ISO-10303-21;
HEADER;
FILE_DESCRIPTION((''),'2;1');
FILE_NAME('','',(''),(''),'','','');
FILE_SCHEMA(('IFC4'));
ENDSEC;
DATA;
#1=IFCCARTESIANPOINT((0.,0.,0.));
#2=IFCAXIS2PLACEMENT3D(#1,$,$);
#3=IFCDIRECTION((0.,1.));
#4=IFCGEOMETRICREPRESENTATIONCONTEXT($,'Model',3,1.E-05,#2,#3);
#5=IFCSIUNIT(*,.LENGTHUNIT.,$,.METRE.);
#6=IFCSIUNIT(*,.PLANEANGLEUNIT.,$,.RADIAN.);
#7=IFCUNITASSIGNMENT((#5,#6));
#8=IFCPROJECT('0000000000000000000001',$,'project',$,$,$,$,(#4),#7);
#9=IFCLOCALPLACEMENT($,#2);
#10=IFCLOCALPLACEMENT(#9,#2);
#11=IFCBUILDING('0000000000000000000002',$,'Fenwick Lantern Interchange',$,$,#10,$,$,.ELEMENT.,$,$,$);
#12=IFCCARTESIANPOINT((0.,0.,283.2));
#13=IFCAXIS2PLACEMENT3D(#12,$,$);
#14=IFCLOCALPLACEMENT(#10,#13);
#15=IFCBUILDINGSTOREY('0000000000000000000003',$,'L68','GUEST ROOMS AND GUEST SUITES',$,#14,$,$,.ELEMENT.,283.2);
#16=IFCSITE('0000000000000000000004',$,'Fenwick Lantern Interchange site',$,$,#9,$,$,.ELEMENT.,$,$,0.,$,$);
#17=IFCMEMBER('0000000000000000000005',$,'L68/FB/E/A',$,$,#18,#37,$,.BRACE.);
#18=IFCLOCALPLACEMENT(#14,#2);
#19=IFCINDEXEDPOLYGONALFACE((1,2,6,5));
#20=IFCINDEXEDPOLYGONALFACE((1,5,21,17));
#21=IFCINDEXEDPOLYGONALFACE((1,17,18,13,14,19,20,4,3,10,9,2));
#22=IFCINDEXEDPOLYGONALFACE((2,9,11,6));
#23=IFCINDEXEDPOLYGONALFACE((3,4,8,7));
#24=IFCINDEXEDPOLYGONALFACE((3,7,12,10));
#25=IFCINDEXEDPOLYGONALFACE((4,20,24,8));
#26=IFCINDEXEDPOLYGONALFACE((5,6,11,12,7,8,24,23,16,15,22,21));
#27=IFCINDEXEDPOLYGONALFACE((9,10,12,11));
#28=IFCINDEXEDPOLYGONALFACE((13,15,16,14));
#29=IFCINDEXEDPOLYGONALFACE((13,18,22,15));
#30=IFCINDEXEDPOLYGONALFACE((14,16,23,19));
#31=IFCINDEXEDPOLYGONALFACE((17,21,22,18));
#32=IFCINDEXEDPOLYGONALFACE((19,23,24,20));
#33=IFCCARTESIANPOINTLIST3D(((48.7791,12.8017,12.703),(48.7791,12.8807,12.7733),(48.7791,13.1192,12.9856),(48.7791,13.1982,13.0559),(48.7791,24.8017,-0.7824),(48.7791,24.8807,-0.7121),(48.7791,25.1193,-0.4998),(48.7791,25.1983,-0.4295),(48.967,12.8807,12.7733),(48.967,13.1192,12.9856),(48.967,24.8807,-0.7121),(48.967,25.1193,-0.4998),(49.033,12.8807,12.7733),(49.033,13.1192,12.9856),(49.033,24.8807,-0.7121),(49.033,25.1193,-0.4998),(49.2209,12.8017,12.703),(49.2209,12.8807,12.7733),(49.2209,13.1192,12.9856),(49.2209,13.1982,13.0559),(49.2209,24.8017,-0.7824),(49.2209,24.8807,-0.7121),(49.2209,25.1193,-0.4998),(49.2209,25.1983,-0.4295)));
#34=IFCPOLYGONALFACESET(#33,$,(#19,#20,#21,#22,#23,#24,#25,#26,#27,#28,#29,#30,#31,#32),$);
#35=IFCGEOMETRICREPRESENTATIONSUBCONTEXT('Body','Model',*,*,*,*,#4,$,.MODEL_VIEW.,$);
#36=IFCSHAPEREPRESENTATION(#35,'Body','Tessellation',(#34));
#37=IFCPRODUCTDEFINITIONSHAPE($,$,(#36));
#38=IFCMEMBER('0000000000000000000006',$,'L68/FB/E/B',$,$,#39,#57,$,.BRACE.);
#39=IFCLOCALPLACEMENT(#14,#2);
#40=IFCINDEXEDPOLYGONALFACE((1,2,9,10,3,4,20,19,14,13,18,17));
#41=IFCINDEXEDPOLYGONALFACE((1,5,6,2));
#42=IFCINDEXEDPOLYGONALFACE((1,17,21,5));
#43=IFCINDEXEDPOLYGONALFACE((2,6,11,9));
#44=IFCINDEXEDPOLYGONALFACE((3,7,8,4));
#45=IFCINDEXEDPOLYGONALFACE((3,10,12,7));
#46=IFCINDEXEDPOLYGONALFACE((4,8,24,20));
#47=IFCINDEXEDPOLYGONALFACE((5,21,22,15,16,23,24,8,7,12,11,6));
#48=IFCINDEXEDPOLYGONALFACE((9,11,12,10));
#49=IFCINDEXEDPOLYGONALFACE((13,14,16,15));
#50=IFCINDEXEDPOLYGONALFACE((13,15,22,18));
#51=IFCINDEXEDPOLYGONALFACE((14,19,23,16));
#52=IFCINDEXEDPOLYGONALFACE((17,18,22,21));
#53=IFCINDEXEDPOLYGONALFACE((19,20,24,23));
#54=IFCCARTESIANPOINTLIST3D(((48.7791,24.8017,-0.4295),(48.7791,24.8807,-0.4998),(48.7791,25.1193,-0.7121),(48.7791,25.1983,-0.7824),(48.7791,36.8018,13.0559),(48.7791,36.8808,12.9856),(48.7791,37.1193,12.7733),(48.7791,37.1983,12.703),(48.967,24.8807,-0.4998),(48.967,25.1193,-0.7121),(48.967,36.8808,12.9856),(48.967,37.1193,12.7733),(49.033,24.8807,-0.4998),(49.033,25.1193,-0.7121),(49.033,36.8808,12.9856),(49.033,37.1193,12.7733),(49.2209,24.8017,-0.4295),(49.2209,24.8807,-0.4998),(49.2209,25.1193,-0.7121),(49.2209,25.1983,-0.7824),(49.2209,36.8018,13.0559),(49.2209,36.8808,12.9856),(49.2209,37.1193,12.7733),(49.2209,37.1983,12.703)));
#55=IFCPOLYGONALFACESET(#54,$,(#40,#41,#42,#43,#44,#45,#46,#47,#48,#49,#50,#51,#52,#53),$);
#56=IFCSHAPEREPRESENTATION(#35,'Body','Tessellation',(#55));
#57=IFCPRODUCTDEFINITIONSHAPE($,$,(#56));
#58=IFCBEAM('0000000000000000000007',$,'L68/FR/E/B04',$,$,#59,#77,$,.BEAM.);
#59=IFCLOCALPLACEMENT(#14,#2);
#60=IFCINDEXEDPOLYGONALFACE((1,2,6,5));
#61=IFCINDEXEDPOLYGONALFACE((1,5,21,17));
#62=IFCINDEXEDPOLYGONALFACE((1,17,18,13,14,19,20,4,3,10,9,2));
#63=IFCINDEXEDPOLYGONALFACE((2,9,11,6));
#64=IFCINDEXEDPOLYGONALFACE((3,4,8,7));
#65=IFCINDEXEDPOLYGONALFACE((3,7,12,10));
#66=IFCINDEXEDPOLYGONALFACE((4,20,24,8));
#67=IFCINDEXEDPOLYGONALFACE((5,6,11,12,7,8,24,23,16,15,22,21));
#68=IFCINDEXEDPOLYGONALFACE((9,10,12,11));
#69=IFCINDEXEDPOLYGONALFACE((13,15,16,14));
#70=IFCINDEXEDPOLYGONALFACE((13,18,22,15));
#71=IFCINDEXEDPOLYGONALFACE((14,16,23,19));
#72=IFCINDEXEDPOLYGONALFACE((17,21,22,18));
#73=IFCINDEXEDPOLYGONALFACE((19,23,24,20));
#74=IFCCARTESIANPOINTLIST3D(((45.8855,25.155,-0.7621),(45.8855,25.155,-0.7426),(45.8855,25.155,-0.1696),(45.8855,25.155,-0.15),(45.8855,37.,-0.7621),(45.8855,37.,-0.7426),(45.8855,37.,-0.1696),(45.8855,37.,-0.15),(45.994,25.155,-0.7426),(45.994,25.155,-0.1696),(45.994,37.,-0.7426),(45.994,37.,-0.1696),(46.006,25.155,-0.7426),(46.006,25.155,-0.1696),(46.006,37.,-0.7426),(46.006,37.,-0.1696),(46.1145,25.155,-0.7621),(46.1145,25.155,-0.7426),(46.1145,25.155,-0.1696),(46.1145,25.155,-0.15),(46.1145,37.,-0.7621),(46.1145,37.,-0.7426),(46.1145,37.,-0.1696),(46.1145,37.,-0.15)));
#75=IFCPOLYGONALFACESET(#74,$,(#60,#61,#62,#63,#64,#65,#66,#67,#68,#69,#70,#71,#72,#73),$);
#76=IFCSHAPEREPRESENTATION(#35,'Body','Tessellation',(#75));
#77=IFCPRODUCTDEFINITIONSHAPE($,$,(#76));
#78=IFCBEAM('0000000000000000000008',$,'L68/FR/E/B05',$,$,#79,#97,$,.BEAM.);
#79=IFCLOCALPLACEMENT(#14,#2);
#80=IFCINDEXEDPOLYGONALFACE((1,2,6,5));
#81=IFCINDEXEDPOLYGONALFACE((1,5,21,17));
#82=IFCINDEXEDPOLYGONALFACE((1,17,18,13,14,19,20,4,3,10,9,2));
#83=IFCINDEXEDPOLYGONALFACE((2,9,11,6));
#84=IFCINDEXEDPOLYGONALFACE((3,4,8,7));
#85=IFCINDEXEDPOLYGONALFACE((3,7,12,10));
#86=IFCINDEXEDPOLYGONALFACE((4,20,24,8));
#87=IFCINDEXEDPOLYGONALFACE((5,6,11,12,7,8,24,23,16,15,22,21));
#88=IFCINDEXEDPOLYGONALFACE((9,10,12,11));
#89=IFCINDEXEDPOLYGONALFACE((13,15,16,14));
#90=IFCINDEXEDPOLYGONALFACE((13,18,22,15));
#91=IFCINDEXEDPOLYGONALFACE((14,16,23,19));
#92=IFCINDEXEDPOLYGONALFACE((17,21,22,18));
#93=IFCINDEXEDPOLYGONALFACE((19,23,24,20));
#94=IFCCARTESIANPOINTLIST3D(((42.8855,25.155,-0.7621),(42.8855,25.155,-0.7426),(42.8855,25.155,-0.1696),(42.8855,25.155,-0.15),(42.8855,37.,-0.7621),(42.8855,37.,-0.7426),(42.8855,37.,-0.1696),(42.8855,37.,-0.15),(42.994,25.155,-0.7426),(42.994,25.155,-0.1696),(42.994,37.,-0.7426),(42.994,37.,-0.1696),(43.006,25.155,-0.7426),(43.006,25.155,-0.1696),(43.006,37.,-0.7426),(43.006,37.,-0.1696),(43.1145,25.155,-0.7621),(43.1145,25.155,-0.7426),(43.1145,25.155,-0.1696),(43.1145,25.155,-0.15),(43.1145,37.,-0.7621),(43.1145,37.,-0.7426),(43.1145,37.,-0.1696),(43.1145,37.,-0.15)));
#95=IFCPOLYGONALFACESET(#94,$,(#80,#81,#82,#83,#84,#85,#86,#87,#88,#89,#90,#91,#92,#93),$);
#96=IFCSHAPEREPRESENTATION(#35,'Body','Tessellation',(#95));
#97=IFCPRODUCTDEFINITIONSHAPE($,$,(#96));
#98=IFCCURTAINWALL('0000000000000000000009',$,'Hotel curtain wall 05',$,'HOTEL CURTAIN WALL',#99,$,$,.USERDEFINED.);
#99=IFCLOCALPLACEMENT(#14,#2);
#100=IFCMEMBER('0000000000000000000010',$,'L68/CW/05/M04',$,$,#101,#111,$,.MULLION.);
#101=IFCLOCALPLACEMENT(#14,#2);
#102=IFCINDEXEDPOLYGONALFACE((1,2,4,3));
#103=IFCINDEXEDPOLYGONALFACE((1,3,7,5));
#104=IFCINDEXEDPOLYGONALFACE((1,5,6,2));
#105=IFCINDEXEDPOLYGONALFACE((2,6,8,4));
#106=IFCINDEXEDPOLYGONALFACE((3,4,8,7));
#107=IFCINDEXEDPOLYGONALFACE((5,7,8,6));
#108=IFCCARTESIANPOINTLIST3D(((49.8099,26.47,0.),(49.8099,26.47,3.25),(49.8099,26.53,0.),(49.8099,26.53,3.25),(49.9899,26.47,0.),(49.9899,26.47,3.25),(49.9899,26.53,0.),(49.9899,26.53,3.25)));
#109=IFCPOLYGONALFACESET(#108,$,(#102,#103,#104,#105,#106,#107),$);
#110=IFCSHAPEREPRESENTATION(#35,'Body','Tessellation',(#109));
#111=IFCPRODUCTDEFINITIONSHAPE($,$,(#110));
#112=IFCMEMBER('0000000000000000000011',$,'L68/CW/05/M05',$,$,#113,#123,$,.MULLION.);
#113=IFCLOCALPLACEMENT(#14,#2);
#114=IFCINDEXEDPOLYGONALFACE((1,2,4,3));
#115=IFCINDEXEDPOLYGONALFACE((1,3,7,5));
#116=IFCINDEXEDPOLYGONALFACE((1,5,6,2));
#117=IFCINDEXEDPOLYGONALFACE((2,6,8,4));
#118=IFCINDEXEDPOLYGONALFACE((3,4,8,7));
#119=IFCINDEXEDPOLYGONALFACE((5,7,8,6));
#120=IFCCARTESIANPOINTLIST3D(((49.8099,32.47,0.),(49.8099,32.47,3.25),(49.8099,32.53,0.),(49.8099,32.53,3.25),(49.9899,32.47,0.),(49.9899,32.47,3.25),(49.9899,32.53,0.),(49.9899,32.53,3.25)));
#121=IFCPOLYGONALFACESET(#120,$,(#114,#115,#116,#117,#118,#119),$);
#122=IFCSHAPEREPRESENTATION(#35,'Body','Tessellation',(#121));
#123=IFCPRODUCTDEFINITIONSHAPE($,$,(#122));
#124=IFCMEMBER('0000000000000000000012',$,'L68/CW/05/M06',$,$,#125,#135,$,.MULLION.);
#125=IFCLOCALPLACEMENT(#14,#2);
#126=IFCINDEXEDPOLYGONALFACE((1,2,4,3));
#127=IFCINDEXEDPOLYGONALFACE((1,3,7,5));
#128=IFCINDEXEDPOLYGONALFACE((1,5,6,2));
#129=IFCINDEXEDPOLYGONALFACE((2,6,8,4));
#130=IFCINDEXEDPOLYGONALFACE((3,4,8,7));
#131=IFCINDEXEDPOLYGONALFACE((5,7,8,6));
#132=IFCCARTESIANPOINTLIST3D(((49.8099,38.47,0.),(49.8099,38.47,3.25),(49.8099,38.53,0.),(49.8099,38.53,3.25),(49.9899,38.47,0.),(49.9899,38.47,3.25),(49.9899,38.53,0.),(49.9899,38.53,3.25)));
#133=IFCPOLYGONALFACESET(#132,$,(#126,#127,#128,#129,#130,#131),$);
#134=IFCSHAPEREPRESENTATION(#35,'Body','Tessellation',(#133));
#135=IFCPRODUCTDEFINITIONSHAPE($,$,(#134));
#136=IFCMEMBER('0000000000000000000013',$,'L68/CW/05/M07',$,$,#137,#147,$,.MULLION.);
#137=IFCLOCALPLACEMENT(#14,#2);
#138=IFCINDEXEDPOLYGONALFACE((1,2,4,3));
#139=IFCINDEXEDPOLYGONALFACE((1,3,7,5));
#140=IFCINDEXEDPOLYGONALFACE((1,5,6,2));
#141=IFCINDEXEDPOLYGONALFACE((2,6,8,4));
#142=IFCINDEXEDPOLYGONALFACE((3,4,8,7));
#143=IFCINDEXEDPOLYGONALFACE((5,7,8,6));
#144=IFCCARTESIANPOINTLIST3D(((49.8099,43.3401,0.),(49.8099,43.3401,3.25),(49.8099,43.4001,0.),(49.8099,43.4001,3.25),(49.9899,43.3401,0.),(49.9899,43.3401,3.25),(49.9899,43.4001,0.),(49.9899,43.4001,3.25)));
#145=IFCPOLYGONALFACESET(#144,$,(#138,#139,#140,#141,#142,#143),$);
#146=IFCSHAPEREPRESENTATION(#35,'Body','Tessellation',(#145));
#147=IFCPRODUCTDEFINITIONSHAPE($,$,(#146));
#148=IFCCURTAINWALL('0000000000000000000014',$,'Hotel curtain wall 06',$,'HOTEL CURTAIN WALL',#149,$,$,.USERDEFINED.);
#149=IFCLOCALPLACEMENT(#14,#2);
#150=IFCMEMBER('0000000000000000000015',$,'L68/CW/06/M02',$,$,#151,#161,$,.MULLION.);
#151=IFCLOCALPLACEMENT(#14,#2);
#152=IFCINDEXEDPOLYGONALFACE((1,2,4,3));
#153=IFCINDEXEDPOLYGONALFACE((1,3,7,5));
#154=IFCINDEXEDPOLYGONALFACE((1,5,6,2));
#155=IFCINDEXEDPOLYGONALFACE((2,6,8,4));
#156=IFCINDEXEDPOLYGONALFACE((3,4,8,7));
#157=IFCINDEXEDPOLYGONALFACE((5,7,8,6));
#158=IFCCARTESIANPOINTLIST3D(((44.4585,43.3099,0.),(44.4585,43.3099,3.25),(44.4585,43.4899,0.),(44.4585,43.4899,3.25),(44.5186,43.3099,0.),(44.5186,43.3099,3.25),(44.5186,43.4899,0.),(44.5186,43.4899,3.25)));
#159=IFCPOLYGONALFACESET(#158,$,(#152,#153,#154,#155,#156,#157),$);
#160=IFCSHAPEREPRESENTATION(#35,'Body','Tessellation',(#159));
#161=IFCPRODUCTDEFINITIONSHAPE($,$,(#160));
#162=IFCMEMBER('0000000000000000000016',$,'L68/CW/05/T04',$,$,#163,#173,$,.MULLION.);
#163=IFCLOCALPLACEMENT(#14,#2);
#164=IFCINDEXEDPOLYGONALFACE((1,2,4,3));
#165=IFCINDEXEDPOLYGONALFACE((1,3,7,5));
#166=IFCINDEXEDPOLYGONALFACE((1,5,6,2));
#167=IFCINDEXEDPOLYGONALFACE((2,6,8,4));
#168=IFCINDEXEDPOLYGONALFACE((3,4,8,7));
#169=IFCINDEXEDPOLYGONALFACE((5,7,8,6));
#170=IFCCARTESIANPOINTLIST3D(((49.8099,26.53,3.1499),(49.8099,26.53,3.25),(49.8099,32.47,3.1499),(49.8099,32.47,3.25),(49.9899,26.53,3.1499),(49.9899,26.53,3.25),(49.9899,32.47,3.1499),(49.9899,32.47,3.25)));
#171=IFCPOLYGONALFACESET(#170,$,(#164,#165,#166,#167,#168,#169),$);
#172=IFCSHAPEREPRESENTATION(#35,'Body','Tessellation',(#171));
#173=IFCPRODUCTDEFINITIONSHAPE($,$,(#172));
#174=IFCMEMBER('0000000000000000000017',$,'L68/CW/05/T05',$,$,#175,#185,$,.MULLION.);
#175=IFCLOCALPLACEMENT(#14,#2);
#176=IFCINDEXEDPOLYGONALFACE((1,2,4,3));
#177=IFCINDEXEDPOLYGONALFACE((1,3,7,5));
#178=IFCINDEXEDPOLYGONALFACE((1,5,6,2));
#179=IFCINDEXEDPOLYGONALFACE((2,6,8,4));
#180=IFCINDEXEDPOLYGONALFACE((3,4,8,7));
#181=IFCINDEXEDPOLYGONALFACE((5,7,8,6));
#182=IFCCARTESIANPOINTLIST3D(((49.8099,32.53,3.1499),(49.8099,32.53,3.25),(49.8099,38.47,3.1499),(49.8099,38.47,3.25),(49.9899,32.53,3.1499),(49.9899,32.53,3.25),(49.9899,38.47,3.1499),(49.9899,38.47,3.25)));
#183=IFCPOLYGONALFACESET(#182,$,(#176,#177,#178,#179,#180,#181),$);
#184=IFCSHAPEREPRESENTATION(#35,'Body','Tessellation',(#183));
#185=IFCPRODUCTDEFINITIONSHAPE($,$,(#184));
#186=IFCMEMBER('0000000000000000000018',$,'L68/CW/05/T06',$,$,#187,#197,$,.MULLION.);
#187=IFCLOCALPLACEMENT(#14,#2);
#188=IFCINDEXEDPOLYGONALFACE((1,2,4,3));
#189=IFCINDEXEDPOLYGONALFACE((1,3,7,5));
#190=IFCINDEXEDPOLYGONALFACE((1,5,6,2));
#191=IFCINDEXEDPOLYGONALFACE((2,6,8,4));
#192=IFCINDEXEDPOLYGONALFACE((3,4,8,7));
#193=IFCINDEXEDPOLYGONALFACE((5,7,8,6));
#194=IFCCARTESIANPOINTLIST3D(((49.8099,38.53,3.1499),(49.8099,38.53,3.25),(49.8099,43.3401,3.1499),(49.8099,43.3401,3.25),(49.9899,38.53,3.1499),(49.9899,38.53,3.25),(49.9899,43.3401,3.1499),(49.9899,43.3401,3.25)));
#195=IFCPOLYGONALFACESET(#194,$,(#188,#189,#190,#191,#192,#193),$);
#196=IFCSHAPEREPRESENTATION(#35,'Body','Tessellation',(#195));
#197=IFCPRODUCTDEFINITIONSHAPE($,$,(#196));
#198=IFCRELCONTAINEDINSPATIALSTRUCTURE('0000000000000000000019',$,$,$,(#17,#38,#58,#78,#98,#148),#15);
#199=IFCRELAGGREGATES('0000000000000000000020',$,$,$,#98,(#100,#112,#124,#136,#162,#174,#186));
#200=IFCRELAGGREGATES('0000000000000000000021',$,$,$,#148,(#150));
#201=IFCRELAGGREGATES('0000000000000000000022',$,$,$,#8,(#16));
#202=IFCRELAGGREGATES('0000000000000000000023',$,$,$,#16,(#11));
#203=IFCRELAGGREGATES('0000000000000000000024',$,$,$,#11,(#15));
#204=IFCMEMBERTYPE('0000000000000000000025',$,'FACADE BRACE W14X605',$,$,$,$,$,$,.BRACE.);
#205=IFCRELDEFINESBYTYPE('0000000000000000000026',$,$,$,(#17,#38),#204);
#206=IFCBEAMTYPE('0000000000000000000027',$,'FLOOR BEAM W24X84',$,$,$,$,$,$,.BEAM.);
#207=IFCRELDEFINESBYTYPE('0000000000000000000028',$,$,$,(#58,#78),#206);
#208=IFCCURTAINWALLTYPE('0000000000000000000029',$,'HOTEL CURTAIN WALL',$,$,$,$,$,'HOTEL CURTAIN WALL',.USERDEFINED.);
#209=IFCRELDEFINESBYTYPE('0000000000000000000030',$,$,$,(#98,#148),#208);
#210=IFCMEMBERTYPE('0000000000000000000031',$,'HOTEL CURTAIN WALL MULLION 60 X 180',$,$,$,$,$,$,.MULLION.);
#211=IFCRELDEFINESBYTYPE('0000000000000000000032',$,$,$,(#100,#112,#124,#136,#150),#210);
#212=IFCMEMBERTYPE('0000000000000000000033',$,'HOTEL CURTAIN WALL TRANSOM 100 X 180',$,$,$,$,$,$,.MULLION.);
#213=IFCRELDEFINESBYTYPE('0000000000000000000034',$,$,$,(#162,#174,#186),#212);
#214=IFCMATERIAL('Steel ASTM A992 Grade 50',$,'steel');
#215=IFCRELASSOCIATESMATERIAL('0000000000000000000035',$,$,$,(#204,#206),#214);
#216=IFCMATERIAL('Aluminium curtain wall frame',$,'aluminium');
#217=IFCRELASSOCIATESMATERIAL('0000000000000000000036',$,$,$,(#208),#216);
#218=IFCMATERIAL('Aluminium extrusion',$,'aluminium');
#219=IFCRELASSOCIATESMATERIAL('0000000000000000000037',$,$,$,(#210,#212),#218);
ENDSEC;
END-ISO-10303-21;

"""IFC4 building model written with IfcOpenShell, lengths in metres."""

from ifc_helpers import new_model, si_unit, direction, frame, origin, origin_2d, place, context, subcontext, project, spatial, rectangle, i_section, extrude, material, material_profile, profile_set, type_object, element, aggregate, save


model = new_model("IFC4")

# Units and contexts
model_context = context("Model", 3, precision=1e-05, world=origin(), true_north=direction((0.0, 1.0)))
body_context = subcontext(model_context, "Body", "Model", "MODEL_VIEW")
ifc_project = project(units=[si_unit("LENGTHUNIT", "METRE"), si_unit("PLANEANGLEUNIT", "RADIAN")], contexts=[model_context])

# Site, building, storey
site_placement = place(None, origin())
site = spatial("IfcSite", under=ifc_project, at=site_placement, Name="Fenwick Lantern Interchange site", CompositionType="ELEMENT", RefElevation=0.0)
building_placement = place(site_placement, origin())
building = spatial("IfcBuilding", under=site, at=building_placement, Name="Fenwick Lantern Interchange", CompositionType="ELEMENT")
storey_placement = place(building_placement, frame((0.0, 0.0, 283.2)))
storey = spatial("IfcBuildingStorey", under=building, at=storey_placement, Name="L68", Description="GUEST ROOMS AND GUEST SUITES", CompositionType="ELEMENT", Elevation=283.2)

# Shared definitions
ifc_material_1 = material(Name="Steel ASTM A992 Grade 50", Category="steel")

# Members
ifc_material_profile_1 = material_profile(ifc_material_1, i_section(OverallWidth=0.4419, OverallDepth=0.5308, WebThickness=0.0659, FlangeThickness=0.1057, at=origin_2d()), Name="W14X605")
ifc_profile_set_1 = profile_set([ifc_material_profile_1], Name="Steel ASTM A992 Grade 50")
member_type_1 = type_object("IfcMemberType", Name="FACADE BRACE W14X605", PredefinedType="BRACE", material=ifc_profile_set_1)
for number, where, z_axis, x_axis, name in (
    (1, (49.0, 25.0, -0.606), (0.0, -0.664767, 0.747051), (1.0, 0.0, 0.0), "L68/FB/E/A"),
    (2, (49.0, 25.0, -0.606), (0.0, 0.664767, 0.747051), (-1.0, 0.0, 0.0), "L68/FB/E/B"),
):
    element("IfcMember", number, at=place(storey_placement, frame(where, z_axis=z_axis, x_axis=x_axis)), inside=storey, type_object=member_type_1, Name=name, PredefinedType="BRACE", context=body_context, shape_type="SweptSolid", body=[
        extrude(i_section(OverallWidth=0.4419, OverallDepth=0.5308, WebThickness=0.0659, FlangeThickness=0.1057, at=origin_2d()), origin(), (0.0, 0.0, 1.0), 18.0515),
    ])

# Beams
ifc_material_profile_2 = material_profile(ifc_material_1, i_section(OverallWidth=0.229, OverallDepth=0.6121, WebThickness=0.012, FlangeThickness=0.0195, at=origin_2d()), Name="W24X84")
ifc_profile_set_2 = profile_set([ifc_material_profile_2], Name="Steel ASTM A992 Grade 50")
beam_type_1 = type_object("IfcBeamType", Name="FLOOR BEAM W24X84", PredefinedType="BEAM", material=ifc_profile_set_2)
for number, where, z_axis, x_axis, name in (
    (3, (46.0, 25.155, -0.4561), (0.0, 1.0, 0.0), (-1.0, 0.0, 0.0), "L68/FR/E/B04"),
    (4, (43.0, 25.155, -0.4561), (0.0, 1.0, 0.0), (-1.0, 0.0, 0.0), "L68/FR/E/B05"),
):
    element("IfcBeam", number, at=place(storey_placement, frame(where, z_axis=z_axis, x_axis=x_axis)), inside=storey, type_object=beam_type_1, Name=name, PredefinedType="BEAM", context=body_context, shape_type="SweptSolid", body=[
        extrude(i_section(OverallWidth=0.229, OverallDepth=0.6121, WebThickness=0.012, FlangeThickness=0.0195, at=origin_2d()), origin(), (0.0, 0.0, 1.0), 11.845),
    ])

# Curtain wall, members
ifc_material_2 = material(Name="Aluminium curtain wall frame", Category="aluminium")
curtain_wall_type = type_object("IfcCurtainWallType", Name="HOTEL CURTAIN WALL", ElementType="HOTEL CURTAIN WALL", PredefinedType="USERDEFINED", material=ifc_material_2)
curtain_wall_1_placement = place(storey_placement, origin())
curtain_wall_1 = element("IfcCurtainWall", 5, at=curtain_wall_1_placement, inside=storey, type_object=curtain_wall_type, Name="Hotel curtain wall 05", ObjectType="HOTEL CURTAIN WALL", PredefinedType="USERDEFINED")
ifc_material_3 = material(Name="Aluminium extrusion", Category="aluminium")
ifc_material_profile_3 = material_profile(ifc_material_3, rectangle(XDim=0.1799, YDim=0.0601, at=origin_2d()), Name="HOTEL CURTAIN WALL MULLION 60 X 180")
ifc_profile_set_3 = profile_set([ifc_material_profile_3], Name="Aluminium extrusion")
member_type_2 = type_object("IfcMemberType", Name="HOTEL CURTAIN WALL MULLION 60 X 180", PredefinedType="MULLION", material=ifc_profile_set_3)
member_1_placement = place(storey_placement, frame((49.8999, 26.5, 0.0), z_axis=(0.0, 0.0, 1.0), x_axis=(-1.0, 0.0, 0.0)))
member_1 = element("IfcMember", 6, at=member_1_placement, type_object=member_type_2, Name="L68/CW/05/M04", PredefinedType="MULLION", context=body_context, shape_type="SweptSolid", body=[
    extrude(rectangle(XDim=0.1799, YDim=0.0601, at=origin_2d()), origin(), (0.0, 0.0, 1.0), 3.25),
])
member_2_placement = place(storey_placement, frame((49.8999, 32.5, 0.0), z_axis=(0.0, 0.0, 1.0), x_axis=(-1.0, 0.0, 0.0)))
member_2 = element("IfcMember", 7, at=member_2_placement, type_object=member_type_2, Name="L68/CW/05/M05", PredefinedType="MULLION", context=body_context, shape_type="SweptSolid", body=[
    extrude(rectangle(XDim=0.1799, YDim=0.0601, at=origin_2d()), origin(), (0.0, 0.0, 1.0), 3.25),
])
member_3_placement = place(storey_placement, frame((49.8999, 38.5, 0.0), z_axis=(0.0, 0.0, 1.0), x_axis=(-1.0, 0.0, 0.0)))
member_3 = element("IfcMember", 8, at=member_3_placement, type_object=member_type_2, Name="L68/CW/05/M06", PredefinedType="MULLION", context=body_context, shape_type="SweptSolid", body=[
    extrude(rectangle(XDim=0.1799, YDim=0.0601, at=origin_2d()), origin(), (0.0, 0.0, 1.0), 3.25),
])
member_4_placement = place(storey_placement, frame((49.8999, 43.3701, 0.0), z_axis=(0.0, 0.0, 1.0), x_axis=(-1.0, 0.0, 0.0)))
member_4 = element("IfcMember", 9, at=member_4_placement, type_object=member_type_2, Name="L68/CW/05/M07", PredefinedType="MULLION", context=body_context, shape_type="SweptSolid", body=[
    extrude(rectangle(XDim=0.1799, YDim=0.0601, at=origin_2d()), origin(), (0.0, 0.0, 1.0), 3.25),
])

# Curtain wall, member
curtain_wall_2_placement = place(storey_placement, origin())
curtain_wall_2 = element("IfcCurtainWall", 10, at=curtain_wall_2_placement, inside=storey, type_object=curtain_wall_type, Name="Hotel curtain wall 06", ObjectType="HOTEL CURTAIN WALL", PredefinedType="USERDEFINED")
member_5_placement = place(storey_placement, frame((44.4885, 43.3999, 0.0), z_axis=(0.0, 0.0, 1.0), x_axis=(0.0, -1.0, 0.0)))
member_5 = element("IfcMember", 11, at=member_5_placement, type_object=member_type_2, Name="L68/CW/06/M02", PredefinedType="MULLION", context=body_context, shape_type="SweptSolid", body=[
    extrude(rectangle(XDim=0.1799, YDim=0.0601, at=origin_2d()), origin(), (0.0, 0.0, 1.0), 3.25),
])

# Members
ifc_material_profile_4 = material_profile(ifc_material_3, rectangle(XDim=0.1799, YDim=0.1001, at=origin_2d()), Name="HOTEL CURTAIN WALL TRANSOM 100 X 180")
ifc_profile_set_4 = profile_set([ifc_material_profile_4], Name="Aluminium extrusion")
member_type_3 = type_object("IfcMemberType", Name="HOTEL CURTAIN WALL TRANSOM 100 X 180", PredefinedType="MULLION", material=ifc_profile_set_4)
member_6_placement = place(storey_placement, frame((49.8999, 26.53, 3.2), z_axis=(0.0, 1.0, 0.0), x_axis=(-1.0, 0.0, 0.0)))
member_6 = element("IfcMember", 12, at=member_6_placement, type_object=member_type_3, Name="L68/CW/05/T04", PredefinedType="MULLION", context=body_context, shape_type="SweptSolid", body=[
    extrude(rectangle(XDim=0.1799, YDim=0.1001, at=origin_2d()), origin(), (0.0, 0.0, 1.0), 5.9399),
])
member_7_placement = place(storey_placement, frame((49.8999, 32.53, 3.2), z_axis=(0.0, 1.0, 0.0), x_axis=(-1.0, 0.0, 0.0)))
member_7 = element("IfcMember", 13, at=member_7_placement, type_object=member_type_3, Name="L68/CW/05/T05", PredefinedType="MULLION", context=body_context, shape_type="SweptSolid", body=[
    extrude(rectangle(XDim=0.1799, YDim=0.1001, at=origin_2d()), origin(), (0.0, 0.0, 1.0), 5.9399),
])
member_8_placement = place(storey_placement, frame((49.8999, 38.53, 3.2), z_axis=(0.0, 1.0, 0.0), x_axis=(-1.0, 0.0, 0.0)))
member_8 = element("IfcMember", 14, at=member_8_placement, type_object=member_type_3, Name="L68/CW/05/T06", PredefinedType="MULLION", context=body_context, shape_type="SweptSolid", body=[
    extrude(rectangle(XDim=0.1799, YDim=0.1001, at=origin_2d()), origin(), (0.0, 0.0, 1.0), 4.8101),
])

aggregate(curtain_wall_1, [member_1, member_2, member_3, member_4, member_6, member_7, member_8])
aggregate(curtain_wall_2, [member_5])

save(model, "model.ifc")
